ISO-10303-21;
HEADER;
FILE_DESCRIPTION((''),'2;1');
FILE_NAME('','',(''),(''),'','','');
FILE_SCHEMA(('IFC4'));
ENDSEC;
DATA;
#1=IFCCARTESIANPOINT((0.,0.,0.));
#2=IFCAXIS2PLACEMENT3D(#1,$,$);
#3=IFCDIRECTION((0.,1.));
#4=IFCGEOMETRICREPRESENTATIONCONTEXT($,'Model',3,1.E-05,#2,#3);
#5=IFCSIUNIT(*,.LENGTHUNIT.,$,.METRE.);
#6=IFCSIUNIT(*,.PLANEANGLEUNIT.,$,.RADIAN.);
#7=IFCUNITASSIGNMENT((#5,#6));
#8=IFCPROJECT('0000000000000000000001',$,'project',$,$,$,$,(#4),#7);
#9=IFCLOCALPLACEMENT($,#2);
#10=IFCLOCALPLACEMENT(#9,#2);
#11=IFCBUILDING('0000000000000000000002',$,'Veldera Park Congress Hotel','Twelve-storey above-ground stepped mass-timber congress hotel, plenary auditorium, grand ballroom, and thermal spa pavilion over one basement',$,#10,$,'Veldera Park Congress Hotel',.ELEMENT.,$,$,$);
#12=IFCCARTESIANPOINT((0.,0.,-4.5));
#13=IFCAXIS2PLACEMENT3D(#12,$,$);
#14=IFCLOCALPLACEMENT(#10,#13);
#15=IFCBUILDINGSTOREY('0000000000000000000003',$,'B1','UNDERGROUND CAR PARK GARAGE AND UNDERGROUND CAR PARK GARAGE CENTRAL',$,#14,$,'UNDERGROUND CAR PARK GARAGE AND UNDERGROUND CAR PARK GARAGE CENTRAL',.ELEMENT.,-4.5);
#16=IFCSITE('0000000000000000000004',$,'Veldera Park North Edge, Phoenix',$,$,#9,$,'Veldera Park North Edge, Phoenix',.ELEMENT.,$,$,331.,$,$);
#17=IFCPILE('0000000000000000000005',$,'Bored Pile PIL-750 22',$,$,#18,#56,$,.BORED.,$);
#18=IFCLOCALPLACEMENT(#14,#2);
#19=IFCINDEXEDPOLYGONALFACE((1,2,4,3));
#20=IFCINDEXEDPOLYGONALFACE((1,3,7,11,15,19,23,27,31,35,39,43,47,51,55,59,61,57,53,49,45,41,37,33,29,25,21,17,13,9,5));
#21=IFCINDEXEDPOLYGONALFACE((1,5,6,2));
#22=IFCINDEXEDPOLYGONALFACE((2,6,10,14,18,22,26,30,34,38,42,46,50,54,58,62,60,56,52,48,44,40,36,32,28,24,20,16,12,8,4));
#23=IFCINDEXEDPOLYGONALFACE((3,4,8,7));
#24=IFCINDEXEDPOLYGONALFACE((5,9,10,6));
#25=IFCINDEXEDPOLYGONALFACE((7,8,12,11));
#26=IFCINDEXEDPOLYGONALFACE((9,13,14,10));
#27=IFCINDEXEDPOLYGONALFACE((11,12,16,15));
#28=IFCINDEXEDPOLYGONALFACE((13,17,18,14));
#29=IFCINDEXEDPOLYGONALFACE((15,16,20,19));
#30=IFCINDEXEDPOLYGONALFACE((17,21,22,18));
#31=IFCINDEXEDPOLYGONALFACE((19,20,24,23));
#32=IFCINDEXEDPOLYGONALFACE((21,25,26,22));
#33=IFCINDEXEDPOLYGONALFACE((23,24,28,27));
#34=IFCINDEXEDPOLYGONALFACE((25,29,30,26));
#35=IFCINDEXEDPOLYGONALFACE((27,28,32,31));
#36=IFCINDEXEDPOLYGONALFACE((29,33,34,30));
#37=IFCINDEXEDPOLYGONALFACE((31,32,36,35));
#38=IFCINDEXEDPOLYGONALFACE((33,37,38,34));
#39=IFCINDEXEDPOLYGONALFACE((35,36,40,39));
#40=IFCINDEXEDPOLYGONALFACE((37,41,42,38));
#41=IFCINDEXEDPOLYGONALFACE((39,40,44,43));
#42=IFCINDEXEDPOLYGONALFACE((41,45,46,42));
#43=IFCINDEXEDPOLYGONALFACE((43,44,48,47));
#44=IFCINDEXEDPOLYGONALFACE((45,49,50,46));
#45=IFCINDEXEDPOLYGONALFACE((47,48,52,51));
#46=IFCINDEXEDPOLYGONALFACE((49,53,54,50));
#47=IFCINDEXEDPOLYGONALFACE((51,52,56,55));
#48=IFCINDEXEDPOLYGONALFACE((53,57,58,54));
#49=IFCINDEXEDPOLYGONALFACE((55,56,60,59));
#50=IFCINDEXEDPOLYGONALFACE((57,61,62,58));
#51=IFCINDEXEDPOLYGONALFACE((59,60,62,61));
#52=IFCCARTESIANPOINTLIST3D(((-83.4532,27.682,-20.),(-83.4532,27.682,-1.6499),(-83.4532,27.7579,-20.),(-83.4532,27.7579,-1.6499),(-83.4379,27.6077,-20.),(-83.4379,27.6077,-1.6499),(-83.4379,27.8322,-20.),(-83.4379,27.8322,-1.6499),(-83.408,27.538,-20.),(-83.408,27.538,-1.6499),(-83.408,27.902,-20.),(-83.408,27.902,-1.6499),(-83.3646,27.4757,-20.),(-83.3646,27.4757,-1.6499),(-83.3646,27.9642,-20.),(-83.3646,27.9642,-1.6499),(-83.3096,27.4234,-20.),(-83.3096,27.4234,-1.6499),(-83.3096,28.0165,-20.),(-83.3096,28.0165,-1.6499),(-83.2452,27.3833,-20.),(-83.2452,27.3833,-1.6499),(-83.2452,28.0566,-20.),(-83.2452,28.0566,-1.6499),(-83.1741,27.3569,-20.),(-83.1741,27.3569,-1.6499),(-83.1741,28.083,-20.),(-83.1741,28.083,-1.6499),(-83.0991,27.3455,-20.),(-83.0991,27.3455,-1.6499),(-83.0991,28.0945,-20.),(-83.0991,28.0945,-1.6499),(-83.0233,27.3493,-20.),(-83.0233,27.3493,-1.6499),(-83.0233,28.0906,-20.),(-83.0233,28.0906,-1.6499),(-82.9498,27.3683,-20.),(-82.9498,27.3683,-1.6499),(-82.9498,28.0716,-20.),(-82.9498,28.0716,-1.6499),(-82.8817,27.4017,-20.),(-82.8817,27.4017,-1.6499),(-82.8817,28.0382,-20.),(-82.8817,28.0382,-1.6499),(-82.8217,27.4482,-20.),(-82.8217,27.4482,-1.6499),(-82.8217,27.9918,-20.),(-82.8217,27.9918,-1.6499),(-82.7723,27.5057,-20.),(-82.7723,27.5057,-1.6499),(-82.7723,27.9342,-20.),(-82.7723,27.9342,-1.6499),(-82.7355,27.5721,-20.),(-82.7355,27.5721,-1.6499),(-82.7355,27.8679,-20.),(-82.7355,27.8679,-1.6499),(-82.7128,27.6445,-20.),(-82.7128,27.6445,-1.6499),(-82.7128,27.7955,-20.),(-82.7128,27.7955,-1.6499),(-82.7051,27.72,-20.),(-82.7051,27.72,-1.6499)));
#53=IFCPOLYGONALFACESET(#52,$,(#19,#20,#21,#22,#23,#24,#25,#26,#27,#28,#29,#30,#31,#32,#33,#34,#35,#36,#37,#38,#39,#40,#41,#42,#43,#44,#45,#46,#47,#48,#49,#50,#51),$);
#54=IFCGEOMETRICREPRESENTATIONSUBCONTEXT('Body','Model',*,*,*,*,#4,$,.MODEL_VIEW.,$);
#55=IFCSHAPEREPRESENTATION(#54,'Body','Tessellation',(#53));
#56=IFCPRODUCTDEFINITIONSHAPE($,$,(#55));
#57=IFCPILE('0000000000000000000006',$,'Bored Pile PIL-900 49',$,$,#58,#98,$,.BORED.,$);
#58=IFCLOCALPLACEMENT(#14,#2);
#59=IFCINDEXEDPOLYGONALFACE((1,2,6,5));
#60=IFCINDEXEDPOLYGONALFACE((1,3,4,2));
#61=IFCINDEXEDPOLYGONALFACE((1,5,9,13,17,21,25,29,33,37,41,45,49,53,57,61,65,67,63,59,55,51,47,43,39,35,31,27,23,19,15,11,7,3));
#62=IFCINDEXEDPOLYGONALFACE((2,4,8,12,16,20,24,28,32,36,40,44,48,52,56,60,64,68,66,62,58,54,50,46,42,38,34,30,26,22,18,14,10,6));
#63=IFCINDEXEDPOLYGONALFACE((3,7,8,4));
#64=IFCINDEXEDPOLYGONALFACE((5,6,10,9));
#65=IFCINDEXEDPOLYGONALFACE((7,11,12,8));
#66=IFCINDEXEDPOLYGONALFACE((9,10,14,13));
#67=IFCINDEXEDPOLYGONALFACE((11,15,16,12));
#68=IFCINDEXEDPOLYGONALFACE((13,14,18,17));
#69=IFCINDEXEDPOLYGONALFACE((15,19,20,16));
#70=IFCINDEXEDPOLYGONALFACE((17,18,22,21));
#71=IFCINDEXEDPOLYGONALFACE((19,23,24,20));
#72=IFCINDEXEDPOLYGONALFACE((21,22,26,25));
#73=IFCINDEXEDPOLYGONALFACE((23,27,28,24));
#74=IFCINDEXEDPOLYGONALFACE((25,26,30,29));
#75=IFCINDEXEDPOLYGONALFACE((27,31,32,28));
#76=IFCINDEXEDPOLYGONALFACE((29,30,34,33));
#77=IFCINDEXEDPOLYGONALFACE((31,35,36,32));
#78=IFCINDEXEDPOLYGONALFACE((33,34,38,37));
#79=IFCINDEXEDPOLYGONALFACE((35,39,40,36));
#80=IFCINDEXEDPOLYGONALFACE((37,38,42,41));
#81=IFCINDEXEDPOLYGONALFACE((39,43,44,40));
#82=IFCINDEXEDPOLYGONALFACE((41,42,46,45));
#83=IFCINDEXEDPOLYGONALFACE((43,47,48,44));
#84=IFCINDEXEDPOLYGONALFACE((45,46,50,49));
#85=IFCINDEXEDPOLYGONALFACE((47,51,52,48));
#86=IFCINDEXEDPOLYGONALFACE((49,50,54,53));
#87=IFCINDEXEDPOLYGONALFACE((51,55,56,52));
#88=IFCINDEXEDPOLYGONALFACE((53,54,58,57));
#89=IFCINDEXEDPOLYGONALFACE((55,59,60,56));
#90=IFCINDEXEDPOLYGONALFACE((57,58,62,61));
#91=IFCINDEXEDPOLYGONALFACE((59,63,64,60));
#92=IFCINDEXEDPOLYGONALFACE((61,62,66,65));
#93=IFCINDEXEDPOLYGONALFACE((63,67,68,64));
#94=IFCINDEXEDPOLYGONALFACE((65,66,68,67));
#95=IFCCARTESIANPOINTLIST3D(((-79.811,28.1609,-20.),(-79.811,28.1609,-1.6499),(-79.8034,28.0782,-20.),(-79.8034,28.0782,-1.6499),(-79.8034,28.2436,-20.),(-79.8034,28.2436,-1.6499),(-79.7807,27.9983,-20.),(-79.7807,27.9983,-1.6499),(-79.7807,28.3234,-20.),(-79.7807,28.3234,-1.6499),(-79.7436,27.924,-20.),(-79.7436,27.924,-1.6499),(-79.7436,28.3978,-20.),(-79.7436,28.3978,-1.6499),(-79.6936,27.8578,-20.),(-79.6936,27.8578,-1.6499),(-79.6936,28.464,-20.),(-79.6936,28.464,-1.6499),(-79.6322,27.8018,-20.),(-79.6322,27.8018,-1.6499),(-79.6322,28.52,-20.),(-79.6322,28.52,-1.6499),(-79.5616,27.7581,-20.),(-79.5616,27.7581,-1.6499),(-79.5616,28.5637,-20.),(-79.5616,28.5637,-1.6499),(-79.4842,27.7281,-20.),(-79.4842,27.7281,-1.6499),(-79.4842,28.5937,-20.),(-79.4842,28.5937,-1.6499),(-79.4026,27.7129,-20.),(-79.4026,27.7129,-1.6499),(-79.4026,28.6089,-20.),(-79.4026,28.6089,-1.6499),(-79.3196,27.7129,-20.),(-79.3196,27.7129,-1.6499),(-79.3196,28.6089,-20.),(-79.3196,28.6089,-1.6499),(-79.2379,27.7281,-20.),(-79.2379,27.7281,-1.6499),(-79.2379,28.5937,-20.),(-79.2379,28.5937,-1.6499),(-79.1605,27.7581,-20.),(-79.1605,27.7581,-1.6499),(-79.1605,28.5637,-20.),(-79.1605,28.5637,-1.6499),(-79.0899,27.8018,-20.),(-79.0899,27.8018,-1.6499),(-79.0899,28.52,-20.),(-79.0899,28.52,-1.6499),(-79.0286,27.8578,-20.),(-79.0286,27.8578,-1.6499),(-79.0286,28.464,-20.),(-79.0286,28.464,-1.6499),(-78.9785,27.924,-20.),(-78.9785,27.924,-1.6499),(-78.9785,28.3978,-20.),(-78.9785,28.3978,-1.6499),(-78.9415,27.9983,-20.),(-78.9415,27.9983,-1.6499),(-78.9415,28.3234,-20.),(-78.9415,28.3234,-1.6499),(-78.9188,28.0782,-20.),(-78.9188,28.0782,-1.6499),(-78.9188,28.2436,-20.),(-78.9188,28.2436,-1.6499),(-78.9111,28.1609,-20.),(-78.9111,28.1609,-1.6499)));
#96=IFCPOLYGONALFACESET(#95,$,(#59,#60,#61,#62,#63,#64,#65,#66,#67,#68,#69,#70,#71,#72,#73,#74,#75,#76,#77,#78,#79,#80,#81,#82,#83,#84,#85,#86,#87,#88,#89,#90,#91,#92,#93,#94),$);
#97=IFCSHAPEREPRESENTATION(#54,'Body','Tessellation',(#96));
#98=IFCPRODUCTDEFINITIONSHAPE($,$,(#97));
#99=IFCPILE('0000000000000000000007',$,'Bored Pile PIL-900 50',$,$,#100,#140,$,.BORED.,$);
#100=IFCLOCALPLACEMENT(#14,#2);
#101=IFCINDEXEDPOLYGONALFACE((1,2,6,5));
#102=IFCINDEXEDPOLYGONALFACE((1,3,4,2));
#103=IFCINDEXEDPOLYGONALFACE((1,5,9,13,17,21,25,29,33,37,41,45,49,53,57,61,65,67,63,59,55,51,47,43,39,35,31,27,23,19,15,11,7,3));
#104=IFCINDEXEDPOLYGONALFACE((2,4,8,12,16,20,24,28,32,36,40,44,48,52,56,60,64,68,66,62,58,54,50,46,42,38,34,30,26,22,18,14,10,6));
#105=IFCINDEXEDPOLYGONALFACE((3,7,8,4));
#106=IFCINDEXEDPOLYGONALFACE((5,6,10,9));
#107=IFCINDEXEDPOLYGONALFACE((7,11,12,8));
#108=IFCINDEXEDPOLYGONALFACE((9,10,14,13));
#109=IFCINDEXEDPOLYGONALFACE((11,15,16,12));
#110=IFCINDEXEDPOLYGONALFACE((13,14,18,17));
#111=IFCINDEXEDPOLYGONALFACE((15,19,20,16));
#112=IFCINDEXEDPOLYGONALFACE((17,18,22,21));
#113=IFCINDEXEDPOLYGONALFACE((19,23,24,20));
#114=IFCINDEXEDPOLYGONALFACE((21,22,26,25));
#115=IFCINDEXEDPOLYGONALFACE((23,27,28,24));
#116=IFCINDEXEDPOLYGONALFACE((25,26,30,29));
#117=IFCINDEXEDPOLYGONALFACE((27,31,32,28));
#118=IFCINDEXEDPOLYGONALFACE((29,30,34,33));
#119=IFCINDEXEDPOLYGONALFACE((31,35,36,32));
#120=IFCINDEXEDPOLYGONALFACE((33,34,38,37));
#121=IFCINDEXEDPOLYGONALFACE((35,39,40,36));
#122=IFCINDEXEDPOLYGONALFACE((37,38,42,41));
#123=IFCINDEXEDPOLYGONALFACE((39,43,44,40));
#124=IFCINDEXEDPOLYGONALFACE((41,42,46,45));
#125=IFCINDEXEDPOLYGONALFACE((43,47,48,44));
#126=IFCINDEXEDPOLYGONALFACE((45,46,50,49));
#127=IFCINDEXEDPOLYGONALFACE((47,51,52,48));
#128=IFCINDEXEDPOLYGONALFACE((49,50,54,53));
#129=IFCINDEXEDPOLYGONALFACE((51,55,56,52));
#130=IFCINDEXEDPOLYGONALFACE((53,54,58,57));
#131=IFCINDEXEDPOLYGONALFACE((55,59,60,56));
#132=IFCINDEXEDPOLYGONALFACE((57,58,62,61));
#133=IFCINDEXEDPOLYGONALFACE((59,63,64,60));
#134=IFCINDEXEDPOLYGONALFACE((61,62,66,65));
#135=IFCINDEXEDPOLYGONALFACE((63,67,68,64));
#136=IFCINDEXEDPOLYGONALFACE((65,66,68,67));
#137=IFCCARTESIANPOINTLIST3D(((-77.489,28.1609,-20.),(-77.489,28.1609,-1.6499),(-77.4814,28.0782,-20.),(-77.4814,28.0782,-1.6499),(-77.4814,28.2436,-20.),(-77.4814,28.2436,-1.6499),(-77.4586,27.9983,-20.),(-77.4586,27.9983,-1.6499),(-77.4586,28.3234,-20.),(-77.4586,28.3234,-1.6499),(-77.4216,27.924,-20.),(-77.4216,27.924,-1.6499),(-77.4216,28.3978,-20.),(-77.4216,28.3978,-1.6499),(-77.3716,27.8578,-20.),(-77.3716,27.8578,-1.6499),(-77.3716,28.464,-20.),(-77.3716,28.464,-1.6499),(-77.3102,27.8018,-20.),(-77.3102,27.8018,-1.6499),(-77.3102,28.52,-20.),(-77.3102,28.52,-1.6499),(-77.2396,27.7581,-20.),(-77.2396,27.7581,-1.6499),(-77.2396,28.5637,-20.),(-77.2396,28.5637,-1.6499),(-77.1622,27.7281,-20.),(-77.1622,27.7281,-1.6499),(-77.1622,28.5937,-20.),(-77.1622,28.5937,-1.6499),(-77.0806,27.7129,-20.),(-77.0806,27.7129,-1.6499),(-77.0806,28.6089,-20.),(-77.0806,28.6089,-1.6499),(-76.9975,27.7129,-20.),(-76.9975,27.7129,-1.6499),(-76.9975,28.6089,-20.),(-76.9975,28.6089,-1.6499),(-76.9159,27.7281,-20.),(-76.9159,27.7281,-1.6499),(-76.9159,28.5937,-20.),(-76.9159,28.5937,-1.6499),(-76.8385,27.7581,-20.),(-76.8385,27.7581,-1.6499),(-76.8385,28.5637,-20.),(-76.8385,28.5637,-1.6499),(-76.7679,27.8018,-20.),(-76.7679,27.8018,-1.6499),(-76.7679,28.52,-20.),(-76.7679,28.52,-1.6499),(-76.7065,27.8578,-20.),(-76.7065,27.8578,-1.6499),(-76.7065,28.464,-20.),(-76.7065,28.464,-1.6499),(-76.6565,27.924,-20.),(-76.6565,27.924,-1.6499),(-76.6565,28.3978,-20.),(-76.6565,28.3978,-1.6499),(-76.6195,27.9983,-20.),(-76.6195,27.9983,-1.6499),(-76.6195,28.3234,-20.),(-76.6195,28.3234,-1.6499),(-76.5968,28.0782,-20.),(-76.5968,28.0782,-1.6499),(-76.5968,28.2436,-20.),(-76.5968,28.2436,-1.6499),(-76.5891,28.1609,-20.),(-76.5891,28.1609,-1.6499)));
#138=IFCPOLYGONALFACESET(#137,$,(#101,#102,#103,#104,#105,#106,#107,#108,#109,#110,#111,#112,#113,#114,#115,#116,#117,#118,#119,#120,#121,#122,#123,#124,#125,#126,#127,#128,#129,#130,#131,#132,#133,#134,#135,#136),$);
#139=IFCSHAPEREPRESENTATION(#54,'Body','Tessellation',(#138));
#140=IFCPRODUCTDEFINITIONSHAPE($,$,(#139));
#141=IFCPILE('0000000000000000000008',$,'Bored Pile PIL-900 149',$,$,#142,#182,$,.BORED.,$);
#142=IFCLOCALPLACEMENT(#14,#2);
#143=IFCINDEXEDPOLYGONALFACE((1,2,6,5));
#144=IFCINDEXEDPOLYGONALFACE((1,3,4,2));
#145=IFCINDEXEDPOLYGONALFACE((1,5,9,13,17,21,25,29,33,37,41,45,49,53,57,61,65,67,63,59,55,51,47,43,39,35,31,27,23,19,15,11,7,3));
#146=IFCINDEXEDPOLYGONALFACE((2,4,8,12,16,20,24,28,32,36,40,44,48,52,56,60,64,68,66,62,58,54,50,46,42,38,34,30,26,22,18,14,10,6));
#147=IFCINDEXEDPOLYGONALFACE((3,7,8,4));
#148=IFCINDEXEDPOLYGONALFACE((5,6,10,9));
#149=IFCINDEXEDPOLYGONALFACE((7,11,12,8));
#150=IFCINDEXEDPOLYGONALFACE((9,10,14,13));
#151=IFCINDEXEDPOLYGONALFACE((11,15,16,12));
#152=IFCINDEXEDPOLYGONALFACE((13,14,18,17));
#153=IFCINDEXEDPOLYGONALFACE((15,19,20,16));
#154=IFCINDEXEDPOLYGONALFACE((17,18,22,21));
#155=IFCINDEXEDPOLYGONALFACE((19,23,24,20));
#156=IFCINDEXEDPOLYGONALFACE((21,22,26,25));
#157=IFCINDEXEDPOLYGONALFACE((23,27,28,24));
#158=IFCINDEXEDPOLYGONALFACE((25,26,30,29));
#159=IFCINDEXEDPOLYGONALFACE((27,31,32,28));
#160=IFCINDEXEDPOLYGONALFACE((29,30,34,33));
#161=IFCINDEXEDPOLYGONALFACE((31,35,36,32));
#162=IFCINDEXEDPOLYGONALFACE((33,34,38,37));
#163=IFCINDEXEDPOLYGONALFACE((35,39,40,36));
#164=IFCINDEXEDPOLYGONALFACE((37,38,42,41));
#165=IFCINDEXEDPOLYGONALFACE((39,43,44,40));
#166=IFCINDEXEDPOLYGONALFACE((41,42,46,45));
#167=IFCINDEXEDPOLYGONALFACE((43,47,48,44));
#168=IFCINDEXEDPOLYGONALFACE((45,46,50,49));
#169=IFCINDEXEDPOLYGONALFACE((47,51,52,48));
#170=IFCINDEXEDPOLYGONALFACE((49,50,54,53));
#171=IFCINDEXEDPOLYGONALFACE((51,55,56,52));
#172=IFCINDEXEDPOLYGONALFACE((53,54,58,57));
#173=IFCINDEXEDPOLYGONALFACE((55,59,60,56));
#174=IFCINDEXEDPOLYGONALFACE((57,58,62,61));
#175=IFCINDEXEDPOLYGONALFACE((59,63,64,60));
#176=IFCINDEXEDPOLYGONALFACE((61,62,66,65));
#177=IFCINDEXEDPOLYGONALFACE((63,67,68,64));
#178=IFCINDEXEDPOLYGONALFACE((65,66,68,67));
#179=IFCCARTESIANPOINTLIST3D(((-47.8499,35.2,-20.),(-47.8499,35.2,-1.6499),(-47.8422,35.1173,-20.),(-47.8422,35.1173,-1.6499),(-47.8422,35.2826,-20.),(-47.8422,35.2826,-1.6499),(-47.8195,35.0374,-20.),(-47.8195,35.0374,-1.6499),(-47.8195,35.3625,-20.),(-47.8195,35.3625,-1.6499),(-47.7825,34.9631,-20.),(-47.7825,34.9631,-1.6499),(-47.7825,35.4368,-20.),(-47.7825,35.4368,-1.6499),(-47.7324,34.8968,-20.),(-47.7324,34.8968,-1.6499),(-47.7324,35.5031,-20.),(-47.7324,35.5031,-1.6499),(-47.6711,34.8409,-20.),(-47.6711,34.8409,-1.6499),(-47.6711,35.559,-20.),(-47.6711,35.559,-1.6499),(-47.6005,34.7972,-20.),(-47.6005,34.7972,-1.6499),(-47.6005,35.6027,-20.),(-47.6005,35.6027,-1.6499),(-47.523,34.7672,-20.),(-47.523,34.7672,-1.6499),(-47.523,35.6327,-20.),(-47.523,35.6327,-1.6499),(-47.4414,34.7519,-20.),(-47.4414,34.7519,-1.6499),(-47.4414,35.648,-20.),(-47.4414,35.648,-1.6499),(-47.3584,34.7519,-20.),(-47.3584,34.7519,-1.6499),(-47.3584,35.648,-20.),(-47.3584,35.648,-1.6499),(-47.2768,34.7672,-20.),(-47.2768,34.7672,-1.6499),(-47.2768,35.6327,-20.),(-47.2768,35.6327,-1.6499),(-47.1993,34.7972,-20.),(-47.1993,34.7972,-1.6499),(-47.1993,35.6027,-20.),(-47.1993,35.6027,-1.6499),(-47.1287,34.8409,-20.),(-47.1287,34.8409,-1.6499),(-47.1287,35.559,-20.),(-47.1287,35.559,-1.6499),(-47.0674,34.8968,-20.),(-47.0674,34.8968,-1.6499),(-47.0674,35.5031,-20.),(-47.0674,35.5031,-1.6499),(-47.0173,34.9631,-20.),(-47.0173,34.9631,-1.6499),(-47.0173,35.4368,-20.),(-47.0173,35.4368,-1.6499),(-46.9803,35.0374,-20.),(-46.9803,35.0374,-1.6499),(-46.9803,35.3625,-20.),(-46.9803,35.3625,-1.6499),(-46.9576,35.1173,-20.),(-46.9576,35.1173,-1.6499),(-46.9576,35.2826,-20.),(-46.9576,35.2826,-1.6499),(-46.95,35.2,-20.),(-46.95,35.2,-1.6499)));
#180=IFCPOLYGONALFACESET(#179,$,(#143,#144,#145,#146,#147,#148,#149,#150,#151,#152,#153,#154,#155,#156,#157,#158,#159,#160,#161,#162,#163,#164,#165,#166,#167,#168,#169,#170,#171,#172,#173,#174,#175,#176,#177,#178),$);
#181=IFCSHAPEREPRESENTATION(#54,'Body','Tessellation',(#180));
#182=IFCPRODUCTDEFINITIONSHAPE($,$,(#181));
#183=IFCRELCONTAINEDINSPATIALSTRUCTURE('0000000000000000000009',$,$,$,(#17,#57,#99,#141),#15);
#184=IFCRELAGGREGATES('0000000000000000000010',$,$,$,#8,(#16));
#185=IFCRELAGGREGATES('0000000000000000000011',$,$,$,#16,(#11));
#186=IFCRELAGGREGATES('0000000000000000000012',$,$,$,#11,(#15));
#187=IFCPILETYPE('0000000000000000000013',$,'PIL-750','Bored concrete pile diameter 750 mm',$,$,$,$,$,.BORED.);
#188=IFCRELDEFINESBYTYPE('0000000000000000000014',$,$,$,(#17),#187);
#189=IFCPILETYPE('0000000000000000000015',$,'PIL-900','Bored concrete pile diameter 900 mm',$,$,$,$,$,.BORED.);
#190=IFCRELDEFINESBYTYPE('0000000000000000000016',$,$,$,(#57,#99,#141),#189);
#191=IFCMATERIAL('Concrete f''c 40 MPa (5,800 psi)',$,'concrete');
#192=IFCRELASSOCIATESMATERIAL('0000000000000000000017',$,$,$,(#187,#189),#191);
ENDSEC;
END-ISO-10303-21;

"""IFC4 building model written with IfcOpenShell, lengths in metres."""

from ifc_helpers import new_model, si_unit, direction, frame, origin, origin_2d, place, context, subcontext, project, spatial, circle, extrude, material, material_profile, profile_set, type_object, element, save


model = new_model("IFC4")

# Units and contexts
model_context = context("Model", 3, precision=1e-05, world=origin(), true_north=direction((0.0, 1.0)))
body_context = subcontext(model_context, "Body", "Model", "MODEL_VIEW")
ifc_project = project(units=[si_unit("LENGTHUNIT", "METRE"), si_unit("PLANEANGLEUNIT", "RADIAN")], contexts=[model_context])

# Site, building, storey
site_placement = place(None, origin())
site = spatial("IfcSite", under=ifc_project, at=site_placement, Name="Veldera Park North Edge, Phoenix", LongName="Veldera Park North Edge, Phoenix", CompositionType="ELEMENT", RefElevation=331.0)
building_placement = place(site_placement, origin())
building = spatial("IfcBuilding", under=site, at=building_placement, Name="Veldera Park Congress Hotel", Description="Twelve-storey above-ground stepped mass-timber congress hotel, plenary auditorium, grand ballroom, and thermal spa pavilion over one basement", LongName="Veldera Park Congress Hotel", CompositionType="ELEMENT")
storey_placement = place(building_placement, frame((0.0, 0.0, -4.5)))
storey = spatial("IfcBuildingStorey", under=building, at=storey_placement, Name="B1", Description="UNDERGROUND CAR PARK GARAGE AND UNDERGROUND CAR PARK GARAGE CENTRAL", LongName="UNDERGROUND CAR PARK GARAGE AND UNDERGROUND CAR PARK GARAGE CENTRAL", CompositionType="ELEMENT", Elevation=-4.5)

# Shared definitions
ifc_material_1 = material(Name="Concrete f'c 40 MPa (5,800 psi)", Category="concrete")

# Piles
ifc_material_profile_1 = material_profile(ifc_material_1, circle(Radius=0.375, at=origin_2d()), Name="PILE D750")
ifc_profile_set_1 = profile_set([ifc_material_profile_1], Name="Concrete f'c 40 MPa (5,800 psi)")
pile_type_1 = type_object("IfcPileType", Name="PIL-750", Description="Bored concrete pile diameter 750 mm", PredefinedType="BORED", material=ifc_profile_set_1)
pile_placement = place(storey_placement, frame((-83.0801, 27.72, -1.6499), z_axis=(0.0, 0.0, -1.0), x_axis=(1.0, 0.0, 0.0)))
element("IfcPile", 1, at=pile_placement, inside=storey, type_object=pile_type_1, Name="Bored Pile PIL-750 22", PredefinedType="BORED", context=body_context, shape_type="SweptSolid", body=[
    extrude(circle(Radius=0.375, at=origin_2d()), origin(), (0.0, 0.0, 1.0), 18.3501),
])
ifc_material_profile_2 = material_profile(ifc_material_1, circle(Radius=0.45, at=origin_2d()), Name="PILE D900")
ifc_profile_set_2 = profile_set([ifc_material_profile_2], Name="Concrete f'c 40 MPa (5,800 psi)")
pile_type_2 = type_object("IfcPileType", Name="PIL-900", Description="Bored concrete pile diameter 900 mm", PredefinedType="BORED", material=ifc_profile_set_2)
for number, where, z_axis, x_axis, name in (
    (2, (-79.3611, 28.1609, -1.6499), (0.0, 0.0, -1.0), (1.0, 0.0, 0.0), "Bored Pile PIL-900 49"),
    (3, (-77.0391, 28.1609, -1.6499), (0.0, 0.0, -1.0), (1.0, 0.0, 0.0), "Bored Pile PIL-900 50"),
    (4, (-47.3999, 35.2, -1.6499), (0.0, 0.0, -1.0), (1.0, 0.0, 0.0), "Bored Pile PIL-900 149"),
):
    element("IfcPile", number, at=place(storey_placement, frame(where, z_axis=z_axis, x_axis=x_axis)), inside=storey, type_object=pile_type_2, Name=name, PredefinedType="BORED", context=body_context, shape_type="SweptSolid", body=[
        extrude(circle(Radius=0.45, at=origin_2d()), origin(), (0.0, 0.0, 1.0), 18.3501),
    ])

save(model, "model.ifc")
